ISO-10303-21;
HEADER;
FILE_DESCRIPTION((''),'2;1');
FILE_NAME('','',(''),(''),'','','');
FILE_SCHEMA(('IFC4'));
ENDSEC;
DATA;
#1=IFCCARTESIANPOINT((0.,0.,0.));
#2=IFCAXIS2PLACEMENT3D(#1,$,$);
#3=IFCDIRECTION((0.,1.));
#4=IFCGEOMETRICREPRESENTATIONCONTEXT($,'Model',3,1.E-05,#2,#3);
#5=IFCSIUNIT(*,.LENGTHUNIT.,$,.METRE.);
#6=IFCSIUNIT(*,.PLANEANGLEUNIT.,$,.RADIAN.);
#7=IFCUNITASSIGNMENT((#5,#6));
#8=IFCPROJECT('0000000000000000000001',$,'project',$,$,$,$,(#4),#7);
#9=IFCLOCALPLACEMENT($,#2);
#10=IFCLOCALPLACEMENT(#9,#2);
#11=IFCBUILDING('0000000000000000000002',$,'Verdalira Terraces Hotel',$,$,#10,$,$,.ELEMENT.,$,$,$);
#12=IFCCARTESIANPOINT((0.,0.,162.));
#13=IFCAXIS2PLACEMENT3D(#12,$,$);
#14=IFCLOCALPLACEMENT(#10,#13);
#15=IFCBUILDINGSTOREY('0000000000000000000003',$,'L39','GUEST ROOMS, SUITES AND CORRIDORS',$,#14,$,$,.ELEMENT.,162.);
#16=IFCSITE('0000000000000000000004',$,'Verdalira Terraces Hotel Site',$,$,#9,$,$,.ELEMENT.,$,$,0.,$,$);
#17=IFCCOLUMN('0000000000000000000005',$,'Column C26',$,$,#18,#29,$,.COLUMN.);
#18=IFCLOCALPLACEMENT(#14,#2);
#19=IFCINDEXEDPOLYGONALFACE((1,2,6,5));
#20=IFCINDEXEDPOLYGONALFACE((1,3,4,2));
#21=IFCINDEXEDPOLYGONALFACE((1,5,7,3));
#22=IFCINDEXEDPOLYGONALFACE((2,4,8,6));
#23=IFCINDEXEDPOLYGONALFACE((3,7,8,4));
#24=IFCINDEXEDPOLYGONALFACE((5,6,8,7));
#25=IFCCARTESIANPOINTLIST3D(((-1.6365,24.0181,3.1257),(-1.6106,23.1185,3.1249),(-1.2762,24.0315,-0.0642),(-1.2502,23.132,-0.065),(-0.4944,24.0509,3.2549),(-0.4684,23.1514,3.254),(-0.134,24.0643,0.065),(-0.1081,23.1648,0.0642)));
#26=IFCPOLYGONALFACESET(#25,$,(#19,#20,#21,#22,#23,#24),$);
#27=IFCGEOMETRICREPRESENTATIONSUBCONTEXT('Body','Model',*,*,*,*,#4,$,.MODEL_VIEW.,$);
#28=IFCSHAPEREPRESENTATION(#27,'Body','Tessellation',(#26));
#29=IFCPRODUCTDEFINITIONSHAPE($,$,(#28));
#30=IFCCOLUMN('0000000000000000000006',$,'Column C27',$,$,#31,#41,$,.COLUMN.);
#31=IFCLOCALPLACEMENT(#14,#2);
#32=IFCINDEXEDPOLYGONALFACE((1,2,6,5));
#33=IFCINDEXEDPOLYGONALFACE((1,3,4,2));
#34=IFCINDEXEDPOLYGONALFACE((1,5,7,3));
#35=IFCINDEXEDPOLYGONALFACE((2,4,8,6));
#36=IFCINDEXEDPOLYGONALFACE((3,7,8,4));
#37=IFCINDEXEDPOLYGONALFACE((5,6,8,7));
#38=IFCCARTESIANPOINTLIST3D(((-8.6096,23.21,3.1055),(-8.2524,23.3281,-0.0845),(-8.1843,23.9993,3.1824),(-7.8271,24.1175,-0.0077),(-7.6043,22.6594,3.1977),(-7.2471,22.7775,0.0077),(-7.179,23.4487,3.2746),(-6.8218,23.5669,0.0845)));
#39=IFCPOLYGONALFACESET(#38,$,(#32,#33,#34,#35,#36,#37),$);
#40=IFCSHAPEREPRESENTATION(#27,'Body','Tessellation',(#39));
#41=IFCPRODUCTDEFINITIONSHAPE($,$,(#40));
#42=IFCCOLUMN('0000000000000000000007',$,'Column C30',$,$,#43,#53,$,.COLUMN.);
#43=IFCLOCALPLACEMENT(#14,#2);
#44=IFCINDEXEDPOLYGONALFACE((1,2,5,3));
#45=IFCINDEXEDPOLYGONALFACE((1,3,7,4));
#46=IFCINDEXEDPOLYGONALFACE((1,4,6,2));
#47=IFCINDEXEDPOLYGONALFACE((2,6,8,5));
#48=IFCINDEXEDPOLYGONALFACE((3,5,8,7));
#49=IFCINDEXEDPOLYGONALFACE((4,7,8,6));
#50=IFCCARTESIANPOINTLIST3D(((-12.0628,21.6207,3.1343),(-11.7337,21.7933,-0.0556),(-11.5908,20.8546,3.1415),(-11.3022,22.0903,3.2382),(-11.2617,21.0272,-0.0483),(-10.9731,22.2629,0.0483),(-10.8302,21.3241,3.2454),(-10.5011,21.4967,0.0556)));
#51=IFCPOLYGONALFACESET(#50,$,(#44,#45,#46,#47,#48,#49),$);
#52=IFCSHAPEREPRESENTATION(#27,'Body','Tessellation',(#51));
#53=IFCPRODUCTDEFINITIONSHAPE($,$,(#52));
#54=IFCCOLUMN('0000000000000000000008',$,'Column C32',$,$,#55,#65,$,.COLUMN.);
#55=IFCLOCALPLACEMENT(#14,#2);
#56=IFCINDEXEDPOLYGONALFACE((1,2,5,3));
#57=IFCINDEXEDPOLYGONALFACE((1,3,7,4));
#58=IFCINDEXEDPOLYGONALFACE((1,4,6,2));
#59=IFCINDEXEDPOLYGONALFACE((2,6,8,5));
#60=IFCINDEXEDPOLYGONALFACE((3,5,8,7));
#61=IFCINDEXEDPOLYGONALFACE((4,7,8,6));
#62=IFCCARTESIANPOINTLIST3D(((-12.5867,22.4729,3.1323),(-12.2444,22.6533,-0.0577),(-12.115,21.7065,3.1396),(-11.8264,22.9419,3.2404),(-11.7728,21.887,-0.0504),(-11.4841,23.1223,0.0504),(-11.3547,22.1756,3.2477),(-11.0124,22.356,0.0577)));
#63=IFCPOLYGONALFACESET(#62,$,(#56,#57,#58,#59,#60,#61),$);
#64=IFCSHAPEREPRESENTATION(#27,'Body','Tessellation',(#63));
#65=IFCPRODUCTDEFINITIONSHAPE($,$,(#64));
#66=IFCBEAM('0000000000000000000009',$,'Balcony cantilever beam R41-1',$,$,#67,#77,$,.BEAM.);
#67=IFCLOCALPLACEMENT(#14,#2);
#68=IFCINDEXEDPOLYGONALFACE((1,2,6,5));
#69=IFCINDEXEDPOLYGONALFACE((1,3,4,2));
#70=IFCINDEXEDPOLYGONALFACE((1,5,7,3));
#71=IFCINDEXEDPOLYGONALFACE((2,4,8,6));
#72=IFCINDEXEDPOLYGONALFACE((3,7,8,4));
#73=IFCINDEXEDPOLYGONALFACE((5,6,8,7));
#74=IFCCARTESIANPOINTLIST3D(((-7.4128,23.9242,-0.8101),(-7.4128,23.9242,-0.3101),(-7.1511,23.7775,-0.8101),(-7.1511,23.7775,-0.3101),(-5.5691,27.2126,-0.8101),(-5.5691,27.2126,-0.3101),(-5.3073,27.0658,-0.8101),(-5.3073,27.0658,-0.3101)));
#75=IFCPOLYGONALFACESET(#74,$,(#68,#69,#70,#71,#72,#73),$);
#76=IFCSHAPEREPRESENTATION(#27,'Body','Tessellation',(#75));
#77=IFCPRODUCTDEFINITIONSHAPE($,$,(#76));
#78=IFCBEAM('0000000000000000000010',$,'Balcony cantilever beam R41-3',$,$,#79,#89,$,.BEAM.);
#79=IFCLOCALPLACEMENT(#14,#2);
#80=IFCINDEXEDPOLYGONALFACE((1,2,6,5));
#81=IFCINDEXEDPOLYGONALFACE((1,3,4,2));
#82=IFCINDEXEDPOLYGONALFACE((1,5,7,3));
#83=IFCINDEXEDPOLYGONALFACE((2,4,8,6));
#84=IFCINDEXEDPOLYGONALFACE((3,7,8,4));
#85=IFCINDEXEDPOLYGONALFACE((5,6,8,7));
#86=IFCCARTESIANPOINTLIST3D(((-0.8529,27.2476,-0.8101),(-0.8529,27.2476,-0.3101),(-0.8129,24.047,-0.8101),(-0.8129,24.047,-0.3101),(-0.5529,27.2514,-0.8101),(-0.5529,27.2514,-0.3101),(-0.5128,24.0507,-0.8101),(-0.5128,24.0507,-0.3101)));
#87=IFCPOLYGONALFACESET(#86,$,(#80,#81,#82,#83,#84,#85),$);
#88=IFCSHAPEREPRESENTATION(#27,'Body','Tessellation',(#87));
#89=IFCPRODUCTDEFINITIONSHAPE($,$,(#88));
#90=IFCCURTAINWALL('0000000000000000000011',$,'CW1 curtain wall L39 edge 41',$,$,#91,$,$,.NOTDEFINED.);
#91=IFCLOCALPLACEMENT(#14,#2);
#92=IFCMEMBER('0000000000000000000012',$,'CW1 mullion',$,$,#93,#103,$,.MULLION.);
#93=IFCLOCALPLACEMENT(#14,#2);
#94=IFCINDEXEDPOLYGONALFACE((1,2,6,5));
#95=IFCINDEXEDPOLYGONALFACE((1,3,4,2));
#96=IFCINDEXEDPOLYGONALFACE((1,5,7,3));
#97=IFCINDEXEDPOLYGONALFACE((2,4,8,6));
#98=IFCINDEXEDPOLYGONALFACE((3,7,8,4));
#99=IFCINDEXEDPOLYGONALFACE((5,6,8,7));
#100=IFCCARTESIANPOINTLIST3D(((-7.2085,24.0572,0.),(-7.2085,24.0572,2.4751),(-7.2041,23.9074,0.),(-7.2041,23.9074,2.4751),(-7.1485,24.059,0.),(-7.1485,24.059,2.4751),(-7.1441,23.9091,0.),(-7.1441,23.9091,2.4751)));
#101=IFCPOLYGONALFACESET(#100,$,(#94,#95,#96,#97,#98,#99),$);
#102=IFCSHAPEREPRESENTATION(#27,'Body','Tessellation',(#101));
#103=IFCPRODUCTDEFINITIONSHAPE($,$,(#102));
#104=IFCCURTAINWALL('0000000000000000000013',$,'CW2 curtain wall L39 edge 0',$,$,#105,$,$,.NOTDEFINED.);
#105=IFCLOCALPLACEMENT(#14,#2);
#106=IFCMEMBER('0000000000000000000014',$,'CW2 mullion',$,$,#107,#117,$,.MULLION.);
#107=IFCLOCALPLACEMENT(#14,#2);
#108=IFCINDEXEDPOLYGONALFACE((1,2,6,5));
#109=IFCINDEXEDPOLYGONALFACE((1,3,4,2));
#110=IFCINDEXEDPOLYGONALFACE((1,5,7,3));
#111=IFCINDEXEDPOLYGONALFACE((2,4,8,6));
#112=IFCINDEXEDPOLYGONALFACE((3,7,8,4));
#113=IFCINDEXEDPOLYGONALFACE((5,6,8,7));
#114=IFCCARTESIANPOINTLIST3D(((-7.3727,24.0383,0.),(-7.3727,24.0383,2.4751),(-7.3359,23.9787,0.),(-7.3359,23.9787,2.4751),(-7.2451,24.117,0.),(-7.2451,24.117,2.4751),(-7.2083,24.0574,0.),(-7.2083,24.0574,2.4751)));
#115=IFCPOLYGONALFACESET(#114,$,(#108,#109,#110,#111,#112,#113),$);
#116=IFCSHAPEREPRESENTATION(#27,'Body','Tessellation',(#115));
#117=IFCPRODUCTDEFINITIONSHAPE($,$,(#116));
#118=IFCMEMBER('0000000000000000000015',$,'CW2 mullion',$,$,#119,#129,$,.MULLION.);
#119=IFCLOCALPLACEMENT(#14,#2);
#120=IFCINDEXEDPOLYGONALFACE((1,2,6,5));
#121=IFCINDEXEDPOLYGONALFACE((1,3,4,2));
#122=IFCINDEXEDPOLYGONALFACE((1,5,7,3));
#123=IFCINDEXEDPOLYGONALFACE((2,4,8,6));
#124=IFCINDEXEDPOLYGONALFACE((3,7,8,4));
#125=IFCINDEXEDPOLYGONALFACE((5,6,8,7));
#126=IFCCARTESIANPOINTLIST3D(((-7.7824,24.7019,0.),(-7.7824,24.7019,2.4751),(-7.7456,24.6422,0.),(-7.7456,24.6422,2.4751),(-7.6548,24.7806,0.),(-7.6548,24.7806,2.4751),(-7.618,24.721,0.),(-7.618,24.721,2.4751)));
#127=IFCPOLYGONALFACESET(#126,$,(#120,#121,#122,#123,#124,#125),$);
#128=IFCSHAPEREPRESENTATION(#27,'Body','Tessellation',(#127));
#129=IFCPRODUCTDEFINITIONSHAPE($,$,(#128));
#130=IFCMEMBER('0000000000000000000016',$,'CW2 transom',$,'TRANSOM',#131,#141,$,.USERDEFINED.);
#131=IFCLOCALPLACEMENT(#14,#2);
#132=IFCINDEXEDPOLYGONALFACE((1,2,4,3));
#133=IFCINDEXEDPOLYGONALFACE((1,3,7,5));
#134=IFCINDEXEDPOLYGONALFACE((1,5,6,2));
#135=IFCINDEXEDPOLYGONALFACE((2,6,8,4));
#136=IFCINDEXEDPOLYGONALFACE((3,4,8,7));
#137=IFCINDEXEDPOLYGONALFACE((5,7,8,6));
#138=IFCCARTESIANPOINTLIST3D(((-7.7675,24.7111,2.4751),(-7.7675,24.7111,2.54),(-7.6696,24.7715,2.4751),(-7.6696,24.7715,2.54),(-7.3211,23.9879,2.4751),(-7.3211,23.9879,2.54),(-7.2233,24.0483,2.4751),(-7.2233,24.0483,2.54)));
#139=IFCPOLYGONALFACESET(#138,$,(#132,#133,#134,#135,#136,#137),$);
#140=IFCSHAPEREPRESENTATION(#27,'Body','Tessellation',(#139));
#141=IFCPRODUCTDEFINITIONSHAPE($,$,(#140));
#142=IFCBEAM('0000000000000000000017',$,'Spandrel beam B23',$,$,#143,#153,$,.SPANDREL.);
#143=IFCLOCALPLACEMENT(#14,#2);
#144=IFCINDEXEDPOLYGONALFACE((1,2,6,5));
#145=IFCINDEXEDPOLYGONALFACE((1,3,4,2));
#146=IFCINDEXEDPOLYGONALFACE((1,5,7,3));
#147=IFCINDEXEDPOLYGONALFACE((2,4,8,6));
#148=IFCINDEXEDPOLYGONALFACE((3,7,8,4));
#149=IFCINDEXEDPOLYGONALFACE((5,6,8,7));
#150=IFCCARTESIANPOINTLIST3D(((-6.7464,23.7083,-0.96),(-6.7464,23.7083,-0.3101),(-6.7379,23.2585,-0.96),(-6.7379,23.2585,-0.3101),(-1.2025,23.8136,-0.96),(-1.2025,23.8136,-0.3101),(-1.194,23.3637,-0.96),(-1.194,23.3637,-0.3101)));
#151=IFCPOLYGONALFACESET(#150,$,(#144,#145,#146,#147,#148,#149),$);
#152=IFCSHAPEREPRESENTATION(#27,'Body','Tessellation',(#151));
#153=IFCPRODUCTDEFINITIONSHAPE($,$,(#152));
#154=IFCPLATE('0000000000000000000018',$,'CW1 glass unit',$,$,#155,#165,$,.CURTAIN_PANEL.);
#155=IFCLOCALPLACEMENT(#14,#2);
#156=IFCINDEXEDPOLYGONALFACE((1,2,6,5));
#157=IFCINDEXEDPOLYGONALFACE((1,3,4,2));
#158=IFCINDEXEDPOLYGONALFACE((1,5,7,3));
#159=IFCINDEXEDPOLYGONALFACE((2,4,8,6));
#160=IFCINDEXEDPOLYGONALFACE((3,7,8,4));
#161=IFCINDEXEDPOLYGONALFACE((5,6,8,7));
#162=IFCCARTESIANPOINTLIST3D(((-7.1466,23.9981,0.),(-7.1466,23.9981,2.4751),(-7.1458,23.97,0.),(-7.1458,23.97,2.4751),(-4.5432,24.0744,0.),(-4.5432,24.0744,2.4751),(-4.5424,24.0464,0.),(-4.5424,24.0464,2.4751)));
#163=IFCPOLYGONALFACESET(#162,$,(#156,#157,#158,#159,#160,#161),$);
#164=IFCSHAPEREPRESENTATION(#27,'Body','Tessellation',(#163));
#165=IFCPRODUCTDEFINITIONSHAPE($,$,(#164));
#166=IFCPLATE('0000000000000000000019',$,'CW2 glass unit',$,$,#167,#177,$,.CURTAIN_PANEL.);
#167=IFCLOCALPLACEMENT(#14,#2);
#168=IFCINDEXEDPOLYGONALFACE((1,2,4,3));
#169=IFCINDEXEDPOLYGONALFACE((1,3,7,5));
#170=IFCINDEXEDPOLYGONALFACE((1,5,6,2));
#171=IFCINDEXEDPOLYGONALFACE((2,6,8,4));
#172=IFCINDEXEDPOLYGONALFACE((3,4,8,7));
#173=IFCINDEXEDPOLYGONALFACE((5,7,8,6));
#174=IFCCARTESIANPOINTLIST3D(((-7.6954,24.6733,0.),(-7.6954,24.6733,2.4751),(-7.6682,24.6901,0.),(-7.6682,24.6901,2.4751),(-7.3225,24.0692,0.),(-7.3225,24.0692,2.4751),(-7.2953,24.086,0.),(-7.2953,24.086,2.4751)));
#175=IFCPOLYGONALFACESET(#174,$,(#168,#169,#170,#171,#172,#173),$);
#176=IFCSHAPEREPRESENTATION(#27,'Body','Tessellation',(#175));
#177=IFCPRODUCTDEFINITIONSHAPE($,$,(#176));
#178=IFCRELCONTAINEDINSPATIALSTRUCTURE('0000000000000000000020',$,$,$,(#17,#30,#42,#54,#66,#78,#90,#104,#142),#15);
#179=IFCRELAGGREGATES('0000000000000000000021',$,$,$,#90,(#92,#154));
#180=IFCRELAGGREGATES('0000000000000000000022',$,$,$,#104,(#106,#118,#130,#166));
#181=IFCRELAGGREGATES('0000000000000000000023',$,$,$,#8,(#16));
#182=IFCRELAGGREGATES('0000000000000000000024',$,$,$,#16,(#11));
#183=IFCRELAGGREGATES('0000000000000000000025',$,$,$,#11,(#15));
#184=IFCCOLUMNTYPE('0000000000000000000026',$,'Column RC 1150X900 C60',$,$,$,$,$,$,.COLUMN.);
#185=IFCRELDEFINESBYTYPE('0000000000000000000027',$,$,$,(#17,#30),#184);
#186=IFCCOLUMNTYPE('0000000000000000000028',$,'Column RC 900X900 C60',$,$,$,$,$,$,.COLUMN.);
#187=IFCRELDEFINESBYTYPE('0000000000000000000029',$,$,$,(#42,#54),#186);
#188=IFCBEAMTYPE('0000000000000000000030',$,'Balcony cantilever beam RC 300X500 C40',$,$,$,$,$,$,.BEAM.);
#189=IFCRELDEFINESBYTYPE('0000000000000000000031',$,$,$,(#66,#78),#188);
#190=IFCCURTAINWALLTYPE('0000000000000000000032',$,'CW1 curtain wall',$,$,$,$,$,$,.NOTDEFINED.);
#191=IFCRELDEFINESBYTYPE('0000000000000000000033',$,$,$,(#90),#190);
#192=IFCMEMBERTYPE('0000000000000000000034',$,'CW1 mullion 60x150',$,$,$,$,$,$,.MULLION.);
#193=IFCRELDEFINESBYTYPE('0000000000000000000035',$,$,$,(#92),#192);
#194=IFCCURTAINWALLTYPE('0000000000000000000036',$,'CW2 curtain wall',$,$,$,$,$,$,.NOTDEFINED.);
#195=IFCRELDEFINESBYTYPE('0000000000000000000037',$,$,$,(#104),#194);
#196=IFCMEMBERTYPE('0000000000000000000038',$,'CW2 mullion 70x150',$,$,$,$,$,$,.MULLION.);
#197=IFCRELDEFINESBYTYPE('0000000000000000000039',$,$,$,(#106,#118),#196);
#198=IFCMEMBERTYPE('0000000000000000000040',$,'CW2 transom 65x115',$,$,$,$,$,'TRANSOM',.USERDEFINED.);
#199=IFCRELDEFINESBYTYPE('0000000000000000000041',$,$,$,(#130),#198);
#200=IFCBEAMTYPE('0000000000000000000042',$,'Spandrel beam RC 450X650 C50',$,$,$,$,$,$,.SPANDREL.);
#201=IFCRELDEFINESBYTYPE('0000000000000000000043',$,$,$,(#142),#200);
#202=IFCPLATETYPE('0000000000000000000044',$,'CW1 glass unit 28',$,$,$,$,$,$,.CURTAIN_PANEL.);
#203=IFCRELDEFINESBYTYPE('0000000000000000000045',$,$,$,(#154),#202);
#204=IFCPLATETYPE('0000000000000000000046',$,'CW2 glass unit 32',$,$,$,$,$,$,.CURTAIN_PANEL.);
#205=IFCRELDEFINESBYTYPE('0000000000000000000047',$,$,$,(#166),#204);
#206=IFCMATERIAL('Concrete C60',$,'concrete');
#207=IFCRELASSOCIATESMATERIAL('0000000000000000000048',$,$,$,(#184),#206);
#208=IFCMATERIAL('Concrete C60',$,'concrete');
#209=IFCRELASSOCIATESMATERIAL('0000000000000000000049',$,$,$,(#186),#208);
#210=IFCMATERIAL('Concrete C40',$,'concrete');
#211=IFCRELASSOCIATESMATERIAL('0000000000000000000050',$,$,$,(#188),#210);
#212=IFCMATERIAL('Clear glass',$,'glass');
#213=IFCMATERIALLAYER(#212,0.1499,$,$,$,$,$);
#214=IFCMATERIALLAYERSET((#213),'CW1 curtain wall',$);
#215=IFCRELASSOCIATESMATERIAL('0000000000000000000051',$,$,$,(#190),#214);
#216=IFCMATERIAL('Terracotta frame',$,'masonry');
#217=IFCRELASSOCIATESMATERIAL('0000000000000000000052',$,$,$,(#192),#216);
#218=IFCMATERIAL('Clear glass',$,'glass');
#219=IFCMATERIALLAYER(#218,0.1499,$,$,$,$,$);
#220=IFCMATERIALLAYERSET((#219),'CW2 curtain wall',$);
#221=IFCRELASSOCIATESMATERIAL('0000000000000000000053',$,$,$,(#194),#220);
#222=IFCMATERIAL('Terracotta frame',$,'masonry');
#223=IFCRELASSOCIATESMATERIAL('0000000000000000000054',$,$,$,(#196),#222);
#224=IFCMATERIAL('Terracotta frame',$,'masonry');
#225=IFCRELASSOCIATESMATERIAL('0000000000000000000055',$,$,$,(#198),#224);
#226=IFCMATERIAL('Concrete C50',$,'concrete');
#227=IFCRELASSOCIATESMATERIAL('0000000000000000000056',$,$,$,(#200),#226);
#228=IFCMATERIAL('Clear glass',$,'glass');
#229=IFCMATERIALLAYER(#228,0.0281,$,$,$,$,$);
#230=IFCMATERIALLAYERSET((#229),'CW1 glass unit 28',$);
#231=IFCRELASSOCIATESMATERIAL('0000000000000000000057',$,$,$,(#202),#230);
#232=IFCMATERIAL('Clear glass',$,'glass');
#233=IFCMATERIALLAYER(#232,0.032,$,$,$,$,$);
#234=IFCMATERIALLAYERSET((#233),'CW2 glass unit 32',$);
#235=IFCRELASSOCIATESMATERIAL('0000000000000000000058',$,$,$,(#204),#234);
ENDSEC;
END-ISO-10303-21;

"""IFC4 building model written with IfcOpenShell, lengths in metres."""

from ifc_helpers import new_model, si_unit, direction, frame, origin, origin_2d, place, context, subcontext, project, spatial, rectangle, extrude, material, layer, layer_set, material_profile, profile_set, type_object, element, aggregate, save


model = new_model("IFC4")

# Units and contexts
model_context = context("Model", 3, precision=1e-05, world=origin(), true_north=direction((0.0, 1.0)))
body_context = subcontext(model_context, "Body", "Model", "MODEL_VIEW")
ifc_project = project(units=[si_unit("LENGTHUNIT", "METRE"), si_unit("PLANEANGLEUNIT", "RADIAN")], contexts=[model_context])

# Site, building, storey
site_placement = place(None, origin())
site = spatial("IfcSite", under=ifc_project, at=site_placement, Name="Verdalira Terraces Hotel Site", CompositionType="ELEMENT", RefElevation=0.0)
building_placement = place(site_placement, origin())
building = spatial("IfcBuilding", under=site, at=building_placement, Name="Verdalira Terraces Hotel", CompositionType="ELEMENT")
storey_placement = place(building_placement, frame((0.0, 0.0, 162.0)))
storey = spatial("IfcBuildingStorey", under=building, at=storey_placement, Name="L39", Description="GUEST ROOMS, SUITES AND CORRIDORS", CompositionType="ELEMENT", Elevation=162.0)

# Columns
ifc_material_1 = material(Name="Concrete C60", Category="concrete")
ifc_material_profile_1 = material_profile(ifc_material_1, rectangle(XDim=1.1499, YDim=0.8999, at=origin_2d()), Name="RC 1150X900")
ifc_profile_set_1 = profile_set([ifc_material_profile_1], Name="Concrete C60")
column_type_1 = type_object("IfcColumnType", Name="Column RC 1150X900 C60", PredefinedType="COLUMN", material=ifc_profile_set_1)
column_1_placement = place(storey_placement, frame((-0.6921, 23.5981, 0.0), z_axis=(-0.11225, -0.004183, 0.993671), x_axis=(-0.993261, -0.028574, -0.112324)))
element("IfcColumn", 1, at=column_1_placement, inside=storey, type_object=column_type_1, Name="Column C26", PredefinedType="COLUMN", context=body_context, shape_type="SweptSolid", body=[
    extrude(rectangle(XDim=1.1499, YDim=0.8999, at=origin_2d()), origin(), (0.0, 0.0, 1.0), 3.2102),
])
column_2_placement = place(storey_placement, frame((-7.5371, 23.4475, 0.0), z_axis=(-0.111199, -0.036788, 0.993117), x_axis=(0.87425, -0.478814, 0.080153)))
element("IfcColumn", 2, at=column_2_placement, inside=storey, type_object=column_type_1, Name="Column C27", PredefinedType="COLUMN", context=body_context, shape_type="SweptSolid", body=[
    extrude(rectangle(XDim=1.1499, YDim=0.8999, at=origin_2d()), origin(), (0.0, 0.0, 1.0), 3.2122),
])
ifc_material_2 = material(Name="Concrete C60", Category="concrete")
ifc_material_profile_2 = material_profile(ifc_material_2, rectangle(XDim=0.8999, YDim=0.8999, at=origin_2d()), Name="RC 900X900")
ifc_profile_set_2 = profile_set([ifc_material_profile_2], Name="Concrete C60")
column_type_2 = type_object("IfcColumnType", Name="Column RC 900X900 C60", PredefinedType="COLUMN", material=ifc_profile_set_2)
column_3_placement = place(storey_placement, frame((-11.1174, 21.645, 0.0), z_axis=(-0.102475, -0.053746, 0.993282), x_axis=(-0.524506, 0.851369, -0.008045)))
element("IfcColumn", 3, at=column_3_placement, inside=storey, type_object=column_type_2, Name="Column C30", PredefinedType="COLUMN", context=body_context, shape_type="SweptSolid", body=[
    extrude(rectangle(XDim=0.8999, YDim=0.8999, at=origin_2d()), origin(), (0.0, 0.0, 1.0), 3.2114),
])
column_4_placement = place(storey_placement, frame((-11.6284, 22.5046, 0.0), z_axis=(-0.106521, -0.056147, 0.992724), x_axis=(-0.524149, 0.851588, -0.008077)))
element("IfcColumn", 4, at=column_4_placement, inside=storey, type_object=column_type_2, Name="Column C32", PredefinedType="COLUMN", context=body_context, shape_type="SweptSolid", body=[
    extrude(rectangle(XDim=0.8999, YDim=0.8999, at=origin_2d()), origin(), (0.0, 0.0, 1.0), 3.2134),
])

# Beams
ifc_material_3 = material(Name="Concrete C40", Category="concrete")
ifc_material_profile_3 = material_profile(ifc_material_3, rectangle(XDim=0.3, YDim=0.5, at=origin_2d()), Name="RC 300X500")
ifc_profile_set_3 = profile_set([ifc_material_profile_3], Name="Concrete C40")
beam_type_1 = type_object("IfcBeamType", Name="Balcony cantilever beam RC 300X500 C40", PredefinedType="BEAM", material=ifc_profile_set_3)
beam_1_placement = place(storey_placement, frame((-7.282, 23.8508, -0.5601), z_axis=(0.489065, 0.872247, 0.0), x_axis=(-0.872247, 0.489065, 0.0)))
element("IfcBeam", 5, at=beam_1_placement, inside=storey, type_object=beam_type_1, Name="Balcony cantilever beam R41-1", PredefinedType="BEAM", context=body_context, shape_type="SweptSolid", body=[
    extrude(rectangle(XDim=0.3, YDim=0.5, at=origin_2d()), origin(), (0.0, 0.0, 1.0), 3.77),
])
beam_2_placement = place(storey_placement, frame((-0.6628, 24.0488, -0.5601), z_axis=(-0.012509, 0.999922, 0.0), x_axis=(-0.999922, -0.012509, 0.0)))
element("IfcBeam", 6, at=beam_2_placement, inside=storey, type_object=beam_type_1, Name="Balcony cantilever beam R41-3", PredefinedType="BEAM", context=body_context, shape_type="SweptSolid", body=[
    extrude(rectangle(XDim=0.3, YDim=0.5, at=origin_2d()), origin(), (0.0, 0.0, 1.0), 3.2009),
])

# Curtain wall, member
ifc_material_4 = material(Name="Clear glass", Category="glass")
ifc_layer_1 = layer(ifc_material_4, 0.1499)
ifc_layer_set_1 = layer_set([ifc_layer_1], Name="CW1 curtain wall")
curtain_wall_type_1 = type_object("IfcCurtainWallType", Name="CW1 curtain wall", PredefinedType="NOTDEFINED", material=ifc_layer_set_1)
curtain_wall_1_placement = place(storey_placement, origin())
curtain_wall_1 = element("IfcCurtainWall", 7, at=curtain_wall_1_placement, inside=storey, type_object=curtain_wall_type_1, Name="CW1 curtain wall L39 edge 41", PredefinedType="NOTDEFINED")
ifc_material_5 = material(Name="Terracotta frame", Category="masonry")
ifc_material_profile_4 = material_profile(ifc_material_5, rectangle(XDim=0.0601, YDim=0.1499, at=origin_2d()), Name="MU 60x150")
ifc_profile_set_4 = profile_set([ifc_material_profile_4], Name="Terracotta frame")
member_type_1 = type_object("IfcMemberType", Name="CW1 mullion 60x150", PredefinedType="MULLION", material=ifc_profile_set_4)
member_1_placement = place(storey_placement, frame((-7.1763, 23.9832, 0.0), z_axis=(0.0, 0.0, 1.0), x_axis=(-0.99957, -0.029317, 0.0)))
member_1 = element("IfcMember", 8, at=member_1_placement, type_object=member_type_1, Name="CW1 mullion", PredefinedType="MULLION", context=body_context, shape_type="SweptSolid", body=[
    extrude(rectangle(XDim=0.0601, YDim=0.1499, at=origin_2d()), origin(), (0.0, 0.0, 1.0), 2.4751),
])

# Curtain wall, members
ifc_material_6 = material(Name="Clear glass", Category="glass")
ifc_layer_2 = layer(ifc_material_6, 0.1499)
ifc_layer_set_2 = layer_set([ifc_layer_2], Name="CW2 curtain wall")
curtain_wall_type_2 = type_object("IfcCurtainWallType", Name="CW2 curtain wall", PredefinedType="NOTDEFINED", material=ifc_layer_set_2)
curtain_wall_2_placement = place(storey_placement, origin())
curtain_wall_2 = element("IfcCurtainWall", 9, at=curtain_wall_2_placement, inside=storey, type_object=curtain_wall_type_2, Name="CW2 curtain wall L39 edge 0", PredefinedType="NOTDEFINED")
ifc_material_7 = material(Name="Terracotta frame", Category="masonry")
ifc_material_profile_5 = material_profile(ifc_material_7, rectangle(XDim=0.0701, YDim=0.1499, at=origin_2d()), Name="MU 70x150")
ifc_profile_set_5 = profile_set([ifc_material_profile_5], Name="Terracotta frame")
member_type_2 = type_object("IfcMemberType", Name="CW2 mullion 70x150", PredefinedType="MULLION", material=ifc_profile_set_5)
member_2_placement = place(storey_placement, frame((-7.2905, 24.0479, 0.0), z_axis=(0.0, 0.0, 1.0), x_axis=(-0.525175, 0.850994, 0.0)))
member_2 = element("IfcMember", 10, at=member_2_placement, type_object=member_type_2, Name="CW2 mullion", PredefinedType="MULLION", context=body_context, shape_type="SweptSolid", body=[
    extrude(rectangle(XDim=0.0701, YDim=0.1499, at=origin_2d()), origin(), (0.0, 0.0, 1.0), 2.4751),
])
member_3_placement = place(storey_placement, frame((-7.7002, 24.7114, 0.0), z_axis=(0.0, 0.0, 1.0), x_axis=(-0.525175, 0.850994, 0.0)))
member_3 = element("IfcMember", 11, at=member_3_placement, type_object=member_type_2, Name="CW2 mullion", PredefinedType="MULLION", context=body_context, shape_type="SweptSolid", body=[
    extrude(rectangle(XDim=0.0701, YDim=0.1499, at=origin_2d()), origin(), (0.0, 0.0, 1.0), 2.4751),
])
ifc_material_8 = material(Name="Terracotta frame", Category="masonry")
ifc_material_profile_6 = material_profile(ifc_material_8, rectangle(XDim=0.115, YDim=0.0649, at=origin_2d()), Name="TR 65x115")
ifc_profile_set_6 = profile_set([ifc_material_profile_6], Name="Terracotta frame")
member_type_3 = type_object("IfcMemberType", Name="CW2 transom 65x115", ElementType="TRANSOM", PredefinedType="USERDEFINED", material=ifc_profile_set_6)
member_4_placement = place(storey_placement, frame((-7.2722, 24.0181, 2.5076), z_axis=(-0.525187, 0.850987, 0.0), x_axis=(-0.850987, -0.525187, 0.0)))
member_4 = element("IfcMember", 12, at=member_4_placement, type_object=member_type_3, Name="CW2 transom", ObjectType="TRANSOM", PredefinedType="USERDEFINED", context=body_context, shape_type="SweptSolid", body=[
    extrude(rectangle(XDim=0.115, YDim=0.0649, at=origin_2d()), origin(), (0.0, 0.0, 1.0), 0.8499),
])

# Beam
ifc_material_9 = material(Name="Concrete C50", Category="concrete")
ifc_material_profile_7 = material_profile(ifc_material_9, rectangle(XDim=0.45, YDim=0.6499, at=origin_2d()), Name="RC 450X650")
ifc_profile_set_7 = profile_set([ifc_material_profile_7], Name="Concrete C50")
beam_type_2 = type_object("IfcBeamType", Name="Spandrel beam RC 450X650 C50", PredefinedType="SPANDREL", material=ifc_profile_set_7)
beam_3_placement = place(storey_placement, frame((-1.1982, 23.5886, -0.635), z_axis=(-0.99982, -0.018977, 0.0), x_axis=(0.018977, -0.99982, 0.0)))
element("IfcBeam", 13, at=beam_3_placement, inside=storey, type_object=beam_type_2, Name="Spandrel beam B23", PredefinedType="SPANDREL", context=body_context, shape_type="SweptSolid", body=[
    extrude(rectangle(XDim=0.45, YDim=0.6499, at=origin_2d()), origin(), (0.0, 0.0, 1.0), 5.5449),
])

# Plates
ifc_material_10 = material(Name="Clear glass", Category="glass")
ifc_layer_3 = layer(ifc_material_10, 0.0281)
ifc_layer_set_3 = layer_set([ifc_layer_3], Name="CW1 glass unit 28")
plate_type_1 = type_object("IfcPlateType", Name="CW1 glass unit 28", PredefinedType="CURTAIN_PANEL", material=ifc_layer_set_3)
plate_1_placement = place(storey_placement, frame((-5.8445, 24.0222, 0.0), z_axis=(0.0, 0.0, 1.0), x_axis=(-0.99957, -0.029317, 0.0)))
plate_1 = element("IfcPlate", 14, at=plate_1_placement, type_object=plate_type_1, Name="CW1 glass unit", PredefinedType="CURTAIN_PANEL", context=body_context, shape_type="SweptSolid", body=[
    extrude(rectangle(XDim=2.6045, YDim=0.0281, at=origin_2d()), origin(), (0.0, 0.0, 1.0), 2.4751),
])
aggregate(curtain_wall_1, [member_1, plate_1])
ifc_material_11 = material(Name="Clear glass", Category="glass")
ifc_layer_4 = layer(ifc_material_11, 0.032)
ifc_layer_set_4 = layer_set([ifc_layer_4], Name="CW2 glass unit 32")
plate_type_2 = type_object("IfcPlateType", Name="CW2 glass unit 32", PredefinedType="CURTAIN_PANEL", material=ifc_layer_set_4)
plate_2_placement = place(storey_placement, frame((-7.4954, 24.3796, 0.0), z_axis=(0.0, 0.0, 1.0), x_axis=(-0.525175, 0.850994, 0.0)))
plate_2 = element("IfcPlate", 15, at=plate_2_placement, type_object=plate_type_2, Name="CW2 glass unit", PredefinedType="CURTAIN_PANEL", context=body_context, shape_type="SweptSolid", body=[
    extrude(rectangle(XDim=0.71, YDim=0.032, at=origin_2d()), origin(), (0.0, 0.0, 1.0), 2.4751),
])
aggregate(curtain_wall_2, [member_2, member_3, member_4, plate_2])

save(model, "model.ifc")
